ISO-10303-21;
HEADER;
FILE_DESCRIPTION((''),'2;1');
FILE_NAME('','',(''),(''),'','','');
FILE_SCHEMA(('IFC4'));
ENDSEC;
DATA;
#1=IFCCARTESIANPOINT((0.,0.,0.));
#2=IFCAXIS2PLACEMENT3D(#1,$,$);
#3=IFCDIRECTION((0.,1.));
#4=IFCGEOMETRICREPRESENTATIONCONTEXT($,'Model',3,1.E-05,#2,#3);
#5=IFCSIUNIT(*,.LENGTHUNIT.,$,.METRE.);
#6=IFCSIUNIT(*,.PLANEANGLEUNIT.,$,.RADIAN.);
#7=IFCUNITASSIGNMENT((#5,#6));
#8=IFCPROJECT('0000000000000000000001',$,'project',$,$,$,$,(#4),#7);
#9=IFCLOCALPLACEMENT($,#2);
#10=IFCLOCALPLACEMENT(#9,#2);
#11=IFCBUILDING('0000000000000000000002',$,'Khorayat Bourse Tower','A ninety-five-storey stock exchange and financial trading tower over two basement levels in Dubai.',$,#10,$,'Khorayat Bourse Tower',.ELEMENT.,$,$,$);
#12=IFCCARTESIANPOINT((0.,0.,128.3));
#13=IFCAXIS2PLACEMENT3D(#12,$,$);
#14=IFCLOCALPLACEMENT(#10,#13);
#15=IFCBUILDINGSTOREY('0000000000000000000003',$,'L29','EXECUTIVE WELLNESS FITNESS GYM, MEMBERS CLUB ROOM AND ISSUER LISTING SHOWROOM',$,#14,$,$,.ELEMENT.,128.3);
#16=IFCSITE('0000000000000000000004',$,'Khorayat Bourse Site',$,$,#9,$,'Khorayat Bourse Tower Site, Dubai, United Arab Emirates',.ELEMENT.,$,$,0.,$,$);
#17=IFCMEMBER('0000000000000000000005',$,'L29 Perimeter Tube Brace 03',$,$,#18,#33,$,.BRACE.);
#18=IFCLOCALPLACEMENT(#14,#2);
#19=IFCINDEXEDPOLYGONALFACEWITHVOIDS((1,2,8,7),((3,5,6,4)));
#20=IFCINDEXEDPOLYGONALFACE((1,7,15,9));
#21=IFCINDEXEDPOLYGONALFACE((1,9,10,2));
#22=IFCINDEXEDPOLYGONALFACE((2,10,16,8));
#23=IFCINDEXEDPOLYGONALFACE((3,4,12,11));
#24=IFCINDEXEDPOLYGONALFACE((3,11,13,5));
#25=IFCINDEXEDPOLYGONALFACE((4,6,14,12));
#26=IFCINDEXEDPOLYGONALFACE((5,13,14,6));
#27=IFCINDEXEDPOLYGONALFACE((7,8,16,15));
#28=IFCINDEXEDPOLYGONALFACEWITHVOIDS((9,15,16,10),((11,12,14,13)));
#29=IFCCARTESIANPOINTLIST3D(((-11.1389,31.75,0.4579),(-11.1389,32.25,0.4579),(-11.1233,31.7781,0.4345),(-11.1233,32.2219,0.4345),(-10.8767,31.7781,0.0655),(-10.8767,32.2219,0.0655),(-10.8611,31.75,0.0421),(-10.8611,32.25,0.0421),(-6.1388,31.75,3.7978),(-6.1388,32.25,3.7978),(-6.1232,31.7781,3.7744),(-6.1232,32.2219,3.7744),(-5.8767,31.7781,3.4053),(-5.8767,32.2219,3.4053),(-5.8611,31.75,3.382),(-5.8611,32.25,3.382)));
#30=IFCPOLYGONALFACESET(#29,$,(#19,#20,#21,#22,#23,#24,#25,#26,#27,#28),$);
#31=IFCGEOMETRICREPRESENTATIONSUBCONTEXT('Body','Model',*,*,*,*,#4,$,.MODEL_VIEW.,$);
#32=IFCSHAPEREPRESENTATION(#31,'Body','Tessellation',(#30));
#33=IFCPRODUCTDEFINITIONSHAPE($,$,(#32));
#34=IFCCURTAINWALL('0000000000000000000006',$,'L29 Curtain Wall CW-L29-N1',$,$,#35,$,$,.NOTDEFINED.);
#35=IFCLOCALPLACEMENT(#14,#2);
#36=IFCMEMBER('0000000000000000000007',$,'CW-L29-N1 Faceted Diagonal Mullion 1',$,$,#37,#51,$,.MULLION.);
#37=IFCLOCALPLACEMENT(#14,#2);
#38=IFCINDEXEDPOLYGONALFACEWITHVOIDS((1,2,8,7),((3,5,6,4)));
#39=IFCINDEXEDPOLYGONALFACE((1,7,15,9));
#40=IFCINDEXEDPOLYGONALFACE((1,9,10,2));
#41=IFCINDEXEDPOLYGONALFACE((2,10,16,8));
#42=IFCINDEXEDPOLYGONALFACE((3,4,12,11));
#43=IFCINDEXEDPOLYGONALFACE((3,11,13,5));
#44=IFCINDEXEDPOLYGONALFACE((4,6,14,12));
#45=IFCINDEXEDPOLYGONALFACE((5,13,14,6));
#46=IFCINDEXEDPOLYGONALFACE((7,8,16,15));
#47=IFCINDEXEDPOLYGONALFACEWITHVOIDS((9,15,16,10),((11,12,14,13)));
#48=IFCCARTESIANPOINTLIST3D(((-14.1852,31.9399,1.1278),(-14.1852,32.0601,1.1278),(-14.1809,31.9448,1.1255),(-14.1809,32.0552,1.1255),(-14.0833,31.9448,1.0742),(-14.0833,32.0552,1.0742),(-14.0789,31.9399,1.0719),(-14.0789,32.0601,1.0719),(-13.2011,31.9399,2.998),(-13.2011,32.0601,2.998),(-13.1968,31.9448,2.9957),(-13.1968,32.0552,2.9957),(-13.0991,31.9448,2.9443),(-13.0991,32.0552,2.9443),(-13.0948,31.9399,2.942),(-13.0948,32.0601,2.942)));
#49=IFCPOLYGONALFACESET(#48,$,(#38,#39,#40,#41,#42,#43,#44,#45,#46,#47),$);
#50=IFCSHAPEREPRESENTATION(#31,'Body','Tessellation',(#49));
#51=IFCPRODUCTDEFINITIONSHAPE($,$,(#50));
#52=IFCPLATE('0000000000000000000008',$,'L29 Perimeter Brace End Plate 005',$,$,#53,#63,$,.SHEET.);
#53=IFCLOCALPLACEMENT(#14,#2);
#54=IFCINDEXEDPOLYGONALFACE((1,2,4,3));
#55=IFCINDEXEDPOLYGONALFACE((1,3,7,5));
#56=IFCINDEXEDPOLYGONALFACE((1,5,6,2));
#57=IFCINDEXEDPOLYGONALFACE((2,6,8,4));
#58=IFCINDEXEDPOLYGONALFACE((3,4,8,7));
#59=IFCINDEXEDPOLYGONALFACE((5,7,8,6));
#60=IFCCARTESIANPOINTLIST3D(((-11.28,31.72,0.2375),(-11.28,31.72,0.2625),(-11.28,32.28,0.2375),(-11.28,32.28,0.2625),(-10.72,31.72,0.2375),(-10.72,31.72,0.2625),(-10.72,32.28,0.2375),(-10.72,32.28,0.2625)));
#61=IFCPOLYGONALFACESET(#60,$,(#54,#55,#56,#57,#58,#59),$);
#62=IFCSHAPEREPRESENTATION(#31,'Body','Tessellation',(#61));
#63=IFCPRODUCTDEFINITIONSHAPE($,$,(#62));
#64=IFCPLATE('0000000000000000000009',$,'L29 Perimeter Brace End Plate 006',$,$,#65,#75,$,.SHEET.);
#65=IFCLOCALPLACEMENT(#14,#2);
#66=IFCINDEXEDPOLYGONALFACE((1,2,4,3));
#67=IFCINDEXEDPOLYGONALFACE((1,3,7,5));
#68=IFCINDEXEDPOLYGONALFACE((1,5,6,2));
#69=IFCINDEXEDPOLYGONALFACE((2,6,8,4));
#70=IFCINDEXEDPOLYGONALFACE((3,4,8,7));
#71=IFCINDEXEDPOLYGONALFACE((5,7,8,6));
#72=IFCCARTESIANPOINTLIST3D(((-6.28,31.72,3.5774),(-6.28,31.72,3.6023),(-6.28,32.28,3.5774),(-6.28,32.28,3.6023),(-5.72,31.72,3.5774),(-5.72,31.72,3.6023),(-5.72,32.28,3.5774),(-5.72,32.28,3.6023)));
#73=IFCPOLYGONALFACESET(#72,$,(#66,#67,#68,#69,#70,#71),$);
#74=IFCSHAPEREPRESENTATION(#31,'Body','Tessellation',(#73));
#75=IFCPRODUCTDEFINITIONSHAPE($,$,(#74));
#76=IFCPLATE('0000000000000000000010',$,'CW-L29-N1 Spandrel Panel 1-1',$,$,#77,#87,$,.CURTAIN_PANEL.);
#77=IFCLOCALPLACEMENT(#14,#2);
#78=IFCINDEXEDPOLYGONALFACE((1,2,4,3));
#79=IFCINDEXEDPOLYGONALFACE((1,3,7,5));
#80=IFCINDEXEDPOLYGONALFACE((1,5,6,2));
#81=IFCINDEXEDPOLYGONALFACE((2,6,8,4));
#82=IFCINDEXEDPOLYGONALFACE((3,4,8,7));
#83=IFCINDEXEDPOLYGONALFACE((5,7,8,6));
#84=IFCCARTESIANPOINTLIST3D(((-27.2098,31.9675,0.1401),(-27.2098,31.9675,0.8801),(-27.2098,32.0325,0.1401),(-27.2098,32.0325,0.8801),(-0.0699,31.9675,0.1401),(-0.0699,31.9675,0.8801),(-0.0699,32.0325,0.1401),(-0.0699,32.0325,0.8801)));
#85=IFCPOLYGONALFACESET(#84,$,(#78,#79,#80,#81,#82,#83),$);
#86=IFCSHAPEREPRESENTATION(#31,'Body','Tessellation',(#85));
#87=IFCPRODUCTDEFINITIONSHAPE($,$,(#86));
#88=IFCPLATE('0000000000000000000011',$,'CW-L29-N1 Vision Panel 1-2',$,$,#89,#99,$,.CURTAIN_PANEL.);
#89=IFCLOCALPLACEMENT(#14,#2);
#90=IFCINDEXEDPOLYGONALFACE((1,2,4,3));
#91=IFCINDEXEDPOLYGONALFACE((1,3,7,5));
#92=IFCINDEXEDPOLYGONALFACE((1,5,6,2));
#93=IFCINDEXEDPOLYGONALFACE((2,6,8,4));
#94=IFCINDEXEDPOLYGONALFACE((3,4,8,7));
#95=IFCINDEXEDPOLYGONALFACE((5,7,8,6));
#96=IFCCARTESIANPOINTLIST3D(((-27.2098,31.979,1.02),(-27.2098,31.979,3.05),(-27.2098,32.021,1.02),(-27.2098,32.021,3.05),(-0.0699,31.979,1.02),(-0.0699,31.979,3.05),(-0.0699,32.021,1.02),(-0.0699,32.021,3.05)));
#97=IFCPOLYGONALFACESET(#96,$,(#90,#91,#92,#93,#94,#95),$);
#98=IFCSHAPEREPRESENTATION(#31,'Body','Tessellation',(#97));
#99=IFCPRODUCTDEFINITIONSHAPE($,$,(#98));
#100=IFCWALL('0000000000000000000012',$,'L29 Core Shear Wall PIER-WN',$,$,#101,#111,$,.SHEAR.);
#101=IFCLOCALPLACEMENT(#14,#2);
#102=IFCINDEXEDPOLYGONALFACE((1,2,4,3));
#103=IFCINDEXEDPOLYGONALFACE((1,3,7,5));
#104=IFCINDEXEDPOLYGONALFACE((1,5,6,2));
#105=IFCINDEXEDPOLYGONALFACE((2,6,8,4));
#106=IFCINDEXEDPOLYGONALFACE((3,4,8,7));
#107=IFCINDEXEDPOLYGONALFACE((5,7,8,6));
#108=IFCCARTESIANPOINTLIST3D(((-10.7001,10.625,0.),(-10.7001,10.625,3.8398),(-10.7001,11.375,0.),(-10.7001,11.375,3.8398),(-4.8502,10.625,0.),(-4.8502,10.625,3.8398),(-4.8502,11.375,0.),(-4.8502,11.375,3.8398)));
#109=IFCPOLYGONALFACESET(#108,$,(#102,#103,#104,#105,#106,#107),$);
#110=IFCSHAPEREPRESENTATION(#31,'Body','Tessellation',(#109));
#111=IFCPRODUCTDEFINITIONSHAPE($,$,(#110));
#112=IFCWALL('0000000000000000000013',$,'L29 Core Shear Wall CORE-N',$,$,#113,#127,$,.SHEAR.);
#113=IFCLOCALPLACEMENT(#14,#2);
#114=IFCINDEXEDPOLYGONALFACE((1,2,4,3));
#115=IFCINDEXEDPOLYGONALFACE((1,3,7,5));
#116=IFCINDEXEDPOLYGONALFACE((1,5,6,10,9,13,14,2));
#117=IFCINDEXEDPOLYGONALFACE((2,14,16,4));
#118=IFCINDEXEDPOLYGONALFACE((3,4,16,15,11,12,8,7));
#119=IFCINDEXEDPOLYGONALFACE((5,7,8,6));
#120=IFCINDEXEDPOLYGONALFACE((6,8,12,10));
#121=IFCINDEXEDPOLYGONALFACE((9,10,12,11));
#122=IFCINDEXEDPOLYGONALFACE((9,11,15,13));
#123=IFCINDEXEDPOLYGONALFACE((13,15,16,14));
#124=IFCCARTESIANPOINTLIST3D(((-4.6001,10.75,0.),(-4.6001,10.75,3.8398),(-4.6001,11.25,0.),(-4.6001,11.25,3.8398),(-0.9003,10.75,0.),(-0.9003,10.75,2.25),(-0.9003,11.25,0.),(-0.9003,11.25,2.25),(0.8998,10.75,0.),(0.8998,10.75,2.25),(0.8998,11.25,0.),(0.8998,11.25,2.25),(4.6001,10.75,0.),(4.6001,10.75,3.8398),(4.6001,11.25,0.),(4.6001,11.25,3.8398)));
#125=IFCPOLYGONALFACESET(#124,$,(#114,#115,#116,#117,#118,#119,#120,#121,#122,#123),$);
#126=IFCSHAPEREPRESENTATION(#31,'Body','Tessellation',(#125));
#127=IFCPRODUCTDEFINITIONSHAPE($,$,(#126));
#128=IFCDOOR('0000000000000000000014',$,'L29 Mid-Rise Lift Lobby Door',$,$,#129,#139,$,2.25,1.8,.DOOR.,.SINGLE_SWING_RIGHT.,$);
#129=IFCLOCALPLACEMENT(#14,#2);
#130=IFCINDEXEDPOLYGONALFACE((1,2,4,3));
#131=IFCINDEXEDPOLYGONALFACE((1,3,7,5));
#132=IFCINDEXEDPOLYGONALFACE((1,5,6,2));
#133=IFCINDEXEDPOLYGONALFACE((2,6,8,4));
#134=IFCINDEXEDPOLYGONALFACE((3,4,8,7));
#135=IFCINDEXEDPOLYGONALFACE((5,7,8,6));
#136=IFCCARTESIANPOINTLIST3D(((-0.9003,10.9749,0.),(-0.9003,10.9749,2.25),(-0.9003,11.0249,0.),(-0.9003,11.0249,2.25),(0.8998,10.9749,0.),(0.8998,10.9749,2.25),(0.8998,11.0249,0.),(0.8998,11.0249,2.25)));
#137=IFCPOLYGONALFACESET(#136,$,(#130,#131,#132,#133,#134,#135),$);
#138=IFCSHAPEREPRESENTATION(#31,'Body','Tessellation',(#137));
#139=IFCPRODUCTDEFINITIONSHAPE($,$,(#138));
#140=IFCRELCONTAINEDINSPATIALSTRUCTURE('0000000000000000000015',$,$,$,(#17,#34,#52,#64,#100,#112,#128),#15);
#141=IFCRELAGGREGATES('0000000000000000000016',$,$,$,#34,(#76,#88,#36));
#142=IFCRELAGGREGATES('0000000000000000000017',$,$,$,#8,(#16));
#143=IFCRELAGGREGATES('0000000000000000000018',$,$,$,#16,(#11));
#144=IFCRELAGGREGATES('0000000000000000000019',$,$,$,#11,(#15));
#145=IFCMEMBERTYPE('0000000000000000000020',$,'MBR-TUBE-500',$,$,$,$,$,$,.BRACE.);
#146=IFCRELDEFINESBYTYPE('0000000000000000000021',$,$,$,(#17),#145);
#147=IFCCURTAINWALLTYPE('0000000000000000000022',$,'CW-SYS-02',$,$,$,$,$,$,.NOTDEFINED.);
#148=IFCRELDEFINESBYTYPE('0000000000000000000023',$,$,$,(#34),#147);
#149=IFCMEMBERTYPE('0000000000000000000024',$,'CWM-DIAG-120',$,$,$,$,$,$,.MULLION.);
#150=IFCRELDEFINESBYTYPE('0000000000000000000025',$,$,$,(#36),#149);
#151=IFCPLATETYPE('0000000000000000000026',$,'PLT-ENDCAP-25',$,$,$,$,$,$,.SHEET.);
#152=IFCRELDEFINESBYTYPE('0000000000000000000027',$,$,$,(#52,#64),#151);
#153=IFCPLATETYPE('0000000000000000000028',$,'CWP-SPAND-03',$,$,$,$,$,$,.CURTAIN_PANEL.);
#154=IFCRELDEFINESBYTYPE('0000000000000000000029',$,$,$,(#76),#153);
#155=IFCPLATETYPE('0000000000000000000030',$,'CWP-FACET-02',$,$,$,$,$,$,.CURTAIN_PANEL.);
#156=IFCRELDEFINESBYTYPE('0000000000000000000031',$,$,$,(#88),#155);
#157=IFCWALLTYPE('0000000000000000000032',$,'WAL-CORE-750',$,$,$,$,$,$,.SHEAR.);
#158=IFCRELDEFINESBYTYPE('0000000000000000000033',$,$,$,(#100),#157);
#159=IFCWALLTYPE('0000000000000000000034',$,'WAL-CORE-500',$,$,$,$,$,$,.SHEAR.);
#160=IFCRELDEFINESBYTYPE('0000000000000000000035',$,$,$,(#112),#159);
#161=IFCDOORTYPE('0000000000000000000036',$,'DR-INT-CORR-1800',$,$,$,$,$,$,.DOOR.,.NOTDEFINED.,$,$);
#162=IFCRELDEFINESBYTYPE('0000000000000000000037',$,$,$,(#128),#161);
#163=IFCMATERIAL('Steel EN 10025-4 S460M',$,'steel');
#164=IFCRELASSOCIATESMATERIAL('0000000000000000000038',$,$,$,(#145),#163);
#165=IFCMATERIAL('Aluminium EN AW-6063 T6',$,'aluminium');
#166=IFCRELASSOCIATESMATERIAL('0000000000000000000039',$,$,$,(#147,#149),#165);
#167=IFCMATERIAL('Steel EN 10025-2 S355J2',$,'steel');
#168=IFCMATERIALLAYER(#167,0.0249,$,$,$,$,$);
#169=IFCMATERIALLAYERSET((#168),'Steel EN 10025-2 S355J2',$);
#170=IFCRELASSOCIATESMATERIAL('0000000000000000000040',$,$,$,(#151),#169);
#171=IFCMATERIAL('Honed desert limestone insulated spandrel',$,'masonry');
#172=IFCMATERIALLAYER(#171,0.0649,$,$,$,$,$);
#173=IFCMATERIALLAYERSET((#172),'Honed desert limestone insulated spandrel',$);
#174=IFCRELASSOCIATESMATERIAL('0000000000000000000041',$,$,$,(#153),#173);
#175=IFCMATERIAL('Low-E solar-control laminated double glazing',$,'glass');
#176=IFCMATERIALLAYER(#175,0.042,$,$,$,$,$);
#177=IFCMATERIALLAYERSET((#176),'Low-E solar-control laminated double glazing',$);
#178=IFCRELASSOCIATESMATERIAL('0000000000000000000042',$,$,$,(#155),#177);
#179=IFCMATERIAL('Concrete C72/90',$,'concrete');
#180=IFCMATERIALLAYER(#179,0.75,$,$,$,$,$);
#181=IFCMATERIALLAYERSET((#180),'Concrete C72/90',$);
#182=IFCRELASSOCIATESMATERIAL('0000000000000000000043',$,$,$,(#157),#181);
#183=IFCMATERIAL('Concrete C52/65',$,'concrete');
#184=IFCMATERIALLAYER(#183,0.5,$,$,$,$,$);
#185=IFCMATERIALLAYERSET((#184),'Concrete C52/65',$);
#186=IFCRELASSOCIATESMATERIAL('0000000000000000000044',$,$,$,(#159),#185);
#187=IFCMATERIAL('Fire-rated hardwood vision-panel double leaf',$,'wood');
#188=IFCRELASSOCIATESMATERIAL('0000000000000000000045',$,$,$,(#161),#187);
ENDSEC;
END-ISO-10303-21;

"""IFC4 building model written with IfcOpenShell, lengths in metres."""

from ifc_helpers import new_model, si_unit, direction, frame, frame_2d, origin, origin_2d, place, context, subcontext, project, spatial, rectangle, hollow_rectangle, extrude, source, transform, mapped, material, layer, layer_set, material_profile, profile_set, type_object, element, fill, aggregate, save


model = new_model("IFC4")

# Units and contexts
model_context = context("Model", 3, precision=1e-05, world=origin(), true_north=direction((0.0, 1.0)))
body_context = subcontext(model_context, "Body", "Model", "MODEL_VIEW")
ifc_project = project(units=[si_unit("LENGTHUNIT", "METRE"), si_unit("PLANEANGLEUNIT", "RADIAN")], contexts=[model_context])

# Site, building, storey
site_placement = place(None, origin())
site = spatial("IfcSite", under=ifc_project, at=site_placement, Name="Khorayat Bourse Site", LongName="Khorayat Bourse Tower Site, Dubai, United Arab Emirates", CompositionType="ELEMENT", RefElevation=0.0)
building_placement = place(site_placement, origin())
building = spatial("IfcBuilding", under=site, at=building_placement, Name="Khorayat Bourse Tower", Description="A ninety-five-storey stock exchange and financial trading tower over two basement levels in Dubai.", LongName="Khorayat Bourse Tower", CompositionType="ELEMENT")
storey_placement = place(building_placement, frame((0.0, 0.0, 128.3)))
storey = spatial("IfcBuildingStorey", under=building, at=storey_placement, Name="L29", Description="EXECUTIVE WELLNESS FITNESS GYM, MEMBERS CLUB ROOM AND ISSUER LISTING SHOWROOM", CompositionType="ELEMENT", Elevation=128.3)

# Shared definitions
ifc_material_1 = material(Name="Steel EN 10025-4 S460M", Category="steel")
ifc_material_2 = material(Name="Concrete C72/90", Category="concrete")

# Member
ifc_material_profile_1 = material_profile(ifc_material_1, hollow_rectangle(XDim=0.5, YDim=0.5, WallThickness=0.0281, at=origin_2d()), Name="HSS 500x500x28")
ifc_profile_set_1 = profile_set([ifc_material_profile_1], Name="Steel EN 10025-4 S460M")
member_type_1 = type_object("IfcMemberType", Name="MBR-TUBE-500", PredefinedType="BRACE", material=ifc_profile_set_1)
shared_shape_1 = source(origin(), body_context, "Body", "SweptSolid", [
    extrude(hollow_rectangle(XDim=0.5, YDim=0.5, WallThickness=0.0281, at=origin_2d()), origin(), (0.0, 0.0, 1.0), 6.0129),
])
member_1_placement = place(storey_placement, frame((-11.0, 32.0, 0.25), z_axis=(0.83155, 0.0, 0.55545), x_axis=(0.0, 1.0, 0.0)))
element("IfcMember", 1, at=member_1_placement, inside=storey, type_object=member_type_1, Name="L29 Perimeter Tube Brace 03", PredefinedType="BRACE", context=body_context, shape_type="MappedRepresentation", body=[
    mapped(shared_shape_1, transform((0.0, 0.0, 0.0), scale=1.0)),
])

# Curtain wall, member
ifc_material_3 = material(Name="Aluminium EN AW-6063 T6", Category="aluminium")
curtain_wall_type = type_object("IfcCurtainWallType", Name="CW-SYS-02", PredefinedType="NOTDEFINED", material=ifc_material_3)
curtain_wall_placement = place(storey_placement, origin())
curtain_wall = element("IfcCurtainWall", 2, at=curtain_wall_placement, inside=storey, type_object=curtain_wall_type, Name="L29 Curtain Wall CW-L29-N1", PredefinedType="NOTDEFINED")
ifc_material_profile_2 = material_profile(ifc_material_3, hollow_rectangle(XDim=0.1201, YDim=0.1201, WallThickness=0.0049, at=origin_2d()), Name="ALU 120x120x5")
ifc_profile_set_2 = profile_set([ifc_material_profile_2], Name="Aluminium EN AW-6063 T6")
member_type_2 = type_object("IfcMemberType", Name="CWM-DIAG-120", PredefinedType="MULLION", material=ifc_profile_set_2)
shared_shape_2 = source(origin(), body_context, "Body", "SweptSolid", [
    extrude(hollow_rectangle(XDim=0.1201, YDim=0.1201, WallThickness=0.0049, at=origin_2d()), origin(), (0.0, 0.0, 1.0), 2.1133),
])
member_2_placement = place(storey_placement, frame((-14.1321, 32.0, 1.0999), z_axis=(0.465694, 0.0, 0.884946), x_axis=(0.0, 1.0, 0.0)))
member_2 = element("IfcMember", 3, at=member_2_placement, type_object=member_type_2, Name="CW-L29-N1 Faceted Diagonal Mullion 1", PredefinedType="MULLION", context=body_context, shape_type="MappedRepresentation", body=[
    mapped(shared_shape_2, transform((0.0, 0.0, 0.0), scale=1.0)),
])

# Plates
ifc_material_4 = material(Name="Steel EN 10025-2 S355J2", Category="steel")
ifc_layer_1 = layer(ifc_material_4, 0.0249)
ifc_layer_set_1 = layer_set([ifc_layer_1], Name="Steel EN 10025-2 S355J2")
plate_type_1 = type_object("IfcPlateType", Name="PLT-ENDCAP-25", PredefinedType="SHEET", material=ifc_layer_set_1)
shared_shape_3 = source(origin(), body_context, "Body", "SweptSolid", [
    extrude(rectangle(XDim=0.5601, YDim=0.5601, at=origin_2d()), origin(), (0.0, 0.0, 1.0), 0.0249),
])
for number, where, z_axis, x_axis, name in (
    (4, (-11.0, 32.0, 0.2375), (0.0, 0.0, 1.0), (1.0, 0.0, 0.0), "L29 Perimeter Brace End Plate 005"),
    (5, (-6.0, 32.0, 3.5774), (0.0, 0.0, 1.0), (1.0, 0.0, 0.0), "L29 Perimeter Brace End Plate 006"),
):
    element("IfcPlate", number, at=place(storey_placement, frame(where, z_axis=z_axis, x_axis=x_axis)), inside=storey, type_object=plate_type_1, Name=name, PredefinedType="SHEET", context=body_context, shape_type="MappedRepresentation", body=[
        mapped(shared_shape_3, transform((0.0, 0.0, 0.0), scale=1.0)),
    ])

# Plates
ifc_material_5 = material(Name="Honed desert limestone insulated spandrel", Category="masonry")
ifc_layer_2 = layer(ifc_material_5, 0.0649)
ifc_layer_set_2 = layer_set([ifc_layer_2], Name="Honed desert limestone insulated spandrel")
plate_type_2 = type_object("IfcPlateType", Name="CWP-SPAND-03", PredefinedType="CURTAIN_PANEL", material=ifc_layer_set_2)
shared_shape_4 = source(origin(), body_context, "Body", "SweptSolid", [
    extrude(rectangle(XDim=27.1399, YDim=0.0649, at=origin_2d()), origin(), (0.0, 0.0, 1.0), 0.74),
])
plate_1_placement = place(storey_placement, frame((-13.6399, 32.0, 0.1401), z_axis=(0.0, 0.0, 1.0), x_axis=(1.0, 0.0, 0.0)))
plate_1 = element("IfcPlate", 6, at=plate_1_placement, type_object=plate_type_2, Name="CW-L29-N1 Spandrel Panel 1-1", PredefinedType="CURTAIN_PANEL", context=body_context, shape_type="MappedRepresentation", body=[
    mapped(shared_shape_4, transform((0.0, 0.0, 0.0), scale=1.0)),
])
ifc_material_6 = material(Name="Low-E solar-control laminated double glazing", Category="glass")
ifc_layer_3 = layer(ifc_material_6, 0.042)
ifc_layer_set_3 = layer_set([ifc_layer_3], Name="Low-E solar-control laminated double glazing")
plate_type_3 = type_object("IfcPlateType", Name="CWP-FACET-02", PredefinedType="CURTAIN_PANEL", material=ifc_layer_set_3)
shared_shape_5 = source(origin(), body_context, "Body", "SweptSolid", [
    extrude(rectangle(XDim=27.1399, YDim=0.042, at=origin_2d()), origin(), (0.0, 0.0, 1.0), 2.03),
])
plate_2_placement = place(storey_placement, frame((-13.6399, 32.0, 1.02), z_axis=(0.0, 0.0, 1.0), x_axis=(1.0, 0.0, 0.0)))
plate_2 = element("IfcPlate", 7, at=plate_2_placement, type_object=plate_type_3, Name="CW-L29-N1 Vision Panel 1-2", PredefinedType="CURTAIN_PANEL", context=body_context, shape_type="MappedRepresentation", body=[
    mapped(shared_shape_5, transform((0.0, 0.0, 0.0), scale=1.0)),
])
aggregate(curtain_wall, [plate_1, plate_2, member_2])

# Wall
ifc_layer_4 = layer(ifc_material_2, 0.75)
ifc_layer_set_4 = layer_set([ifc_layer_4], Name="Concrete C72/90")
wall_type_1 = type_object("IfcWallType", Name="WAL-CORE-750", PredefinedType="SHEAR", material=ifc_layer_set_4)
shared_shape_6 = source(origin(), body_context, "Body", "SweptSolid", [
    extrude(rectangle(XDim=5.8499, YDim=0.75, at=frame_2d((2.9248, 0.0))), origin(), (0.0, 0.0, 1.0), 3.8398),
])
wall_1_placement = place(storey_placement, frame((-10.7, 11.0, 0.0), z_axis=(0.0, 0.0, 1.0), x_axis=(1.0, 0.0, 0.0)))
element("IfcWall", 8, at=wall_1_placement, inside=storey, type_object=wall_type_1, Name="L29 Core Shear Wall PIER-WN", PredefinedType="SHEAR", context=body_context, shape_type="MappedRepresentation", body=[
    mapped(shared_shape_6, transform((0.0, 0.0, 0.0), scale=1.0)),
])

# Wall, opening, door
ifc_material_7 = material(Name="Concrete C52/65", Category="concrete")
ifc_layer_5 = layer(ifc_material_7, 0.5)
ifc_layer_set_5 = layer_set([ifc_layer_5], Name="Concrete C52/65")
wall_type_2 = type_object("IfcWallType", Name="WAL-CORE-500", PredefinedType="SHEAR", material=ifc_layer_set_5)
shared_shape_7 = source(origin(), body_context, "Body", "SweptSolid", [
    extrude(rectangle(XDim=9.2002, YDim=0.5, at=frame_2d((4.6001, 0.0))), origin(), (0.0, 0.0, 1.0), 3.8398),
])
wall_2_placement = place(storey_placement, frame((-4.6001, 11.0, 0.0), z_axis=(0.0, 0.0, 1.0), x_axis=(1.0, 0.0, 0.0)))
wall_2 = element("IfcWall", 9, at=wall_2_placement, inside=storey, type_object=wall_type_2, Name="L29 Core Shear Wall CORE-N", PredefinedType="SHEAR", context=body_context, shape_type="MappedRepresentation", body=[
    mapped(shared_shape_7, transform((0.0, 0.0, 0.0), scale=1.0)),
])
shared_shape_8 = source(origin(), body_context, "Body", "SweptSolid", [
    extrude(rectangle(XDim=1.8, YDim=2.25, at=frame_2d((0.8999, 1.125))), frame((0.0, 0.26, 0.0), z_axis=(0.0, -1.0, 0.0), x_axis=(1.0, 0.0, 0.0)), (0.0, 0.0, 1.0), 0.52),
])
opening_1_placement = place(wall_2_placement, frame((3.7, 0.0, 0.0)))
opening_1 = element("IfcOpeningElement", 10, at=opening_1_placement, cuts=wall_2, PredefinedType="OPENING", context=body_context, shape_type="MappedRepresentation", body=[
    mapped(shared_shape_8, transform((0.0, 0.0, 0.0), scale=1.0)),
])
ifc_material_8 = material(Name="Fire-rated hardwood vision-panel double leaf", Category="wood")
door_type_1 = type_object("IfcDoorType", Name="DR-INT-CORR-1800", OperationType="NOTDEFINED", PredefinedType="DOOR", material=ifc_material_8)
shared_shape_9 = source(origin(), body_context, "Body", "SweptSolid", [
    extrude(rectangle(XDim=1.8, YDim=2.25, at=frame_2d((0.8999, 1.125))), frame((0.0, 0.0249, 0.0), z_axis=(0.0, -1.0, 0.0), x_axis=(1.0, 0.0, 0.0)), (0.0, 0.0, 1.0), 0.05),
])
door_1_placement = place(opening_1_placement, origin())
door_1 = element("IfcDoor", 11, at=door_1_placement, inside=storey, type_object=door_type_1, Name="L29 Mid-Rise Lift Lobby Door", OperationType="SINGLE_SWING_RIGHT", OverallHeight=2.25, OverallWidth=1.8, PredefinedType="DOOR", context=body_context, shape_type="MappedRepresentation", body=[
    mapped(shared_shape_9, transform((0.0, 0.0, 0.0), scale=1.0)),
])
fill(opening_1, door_1)

save(model, "model.ifc")
